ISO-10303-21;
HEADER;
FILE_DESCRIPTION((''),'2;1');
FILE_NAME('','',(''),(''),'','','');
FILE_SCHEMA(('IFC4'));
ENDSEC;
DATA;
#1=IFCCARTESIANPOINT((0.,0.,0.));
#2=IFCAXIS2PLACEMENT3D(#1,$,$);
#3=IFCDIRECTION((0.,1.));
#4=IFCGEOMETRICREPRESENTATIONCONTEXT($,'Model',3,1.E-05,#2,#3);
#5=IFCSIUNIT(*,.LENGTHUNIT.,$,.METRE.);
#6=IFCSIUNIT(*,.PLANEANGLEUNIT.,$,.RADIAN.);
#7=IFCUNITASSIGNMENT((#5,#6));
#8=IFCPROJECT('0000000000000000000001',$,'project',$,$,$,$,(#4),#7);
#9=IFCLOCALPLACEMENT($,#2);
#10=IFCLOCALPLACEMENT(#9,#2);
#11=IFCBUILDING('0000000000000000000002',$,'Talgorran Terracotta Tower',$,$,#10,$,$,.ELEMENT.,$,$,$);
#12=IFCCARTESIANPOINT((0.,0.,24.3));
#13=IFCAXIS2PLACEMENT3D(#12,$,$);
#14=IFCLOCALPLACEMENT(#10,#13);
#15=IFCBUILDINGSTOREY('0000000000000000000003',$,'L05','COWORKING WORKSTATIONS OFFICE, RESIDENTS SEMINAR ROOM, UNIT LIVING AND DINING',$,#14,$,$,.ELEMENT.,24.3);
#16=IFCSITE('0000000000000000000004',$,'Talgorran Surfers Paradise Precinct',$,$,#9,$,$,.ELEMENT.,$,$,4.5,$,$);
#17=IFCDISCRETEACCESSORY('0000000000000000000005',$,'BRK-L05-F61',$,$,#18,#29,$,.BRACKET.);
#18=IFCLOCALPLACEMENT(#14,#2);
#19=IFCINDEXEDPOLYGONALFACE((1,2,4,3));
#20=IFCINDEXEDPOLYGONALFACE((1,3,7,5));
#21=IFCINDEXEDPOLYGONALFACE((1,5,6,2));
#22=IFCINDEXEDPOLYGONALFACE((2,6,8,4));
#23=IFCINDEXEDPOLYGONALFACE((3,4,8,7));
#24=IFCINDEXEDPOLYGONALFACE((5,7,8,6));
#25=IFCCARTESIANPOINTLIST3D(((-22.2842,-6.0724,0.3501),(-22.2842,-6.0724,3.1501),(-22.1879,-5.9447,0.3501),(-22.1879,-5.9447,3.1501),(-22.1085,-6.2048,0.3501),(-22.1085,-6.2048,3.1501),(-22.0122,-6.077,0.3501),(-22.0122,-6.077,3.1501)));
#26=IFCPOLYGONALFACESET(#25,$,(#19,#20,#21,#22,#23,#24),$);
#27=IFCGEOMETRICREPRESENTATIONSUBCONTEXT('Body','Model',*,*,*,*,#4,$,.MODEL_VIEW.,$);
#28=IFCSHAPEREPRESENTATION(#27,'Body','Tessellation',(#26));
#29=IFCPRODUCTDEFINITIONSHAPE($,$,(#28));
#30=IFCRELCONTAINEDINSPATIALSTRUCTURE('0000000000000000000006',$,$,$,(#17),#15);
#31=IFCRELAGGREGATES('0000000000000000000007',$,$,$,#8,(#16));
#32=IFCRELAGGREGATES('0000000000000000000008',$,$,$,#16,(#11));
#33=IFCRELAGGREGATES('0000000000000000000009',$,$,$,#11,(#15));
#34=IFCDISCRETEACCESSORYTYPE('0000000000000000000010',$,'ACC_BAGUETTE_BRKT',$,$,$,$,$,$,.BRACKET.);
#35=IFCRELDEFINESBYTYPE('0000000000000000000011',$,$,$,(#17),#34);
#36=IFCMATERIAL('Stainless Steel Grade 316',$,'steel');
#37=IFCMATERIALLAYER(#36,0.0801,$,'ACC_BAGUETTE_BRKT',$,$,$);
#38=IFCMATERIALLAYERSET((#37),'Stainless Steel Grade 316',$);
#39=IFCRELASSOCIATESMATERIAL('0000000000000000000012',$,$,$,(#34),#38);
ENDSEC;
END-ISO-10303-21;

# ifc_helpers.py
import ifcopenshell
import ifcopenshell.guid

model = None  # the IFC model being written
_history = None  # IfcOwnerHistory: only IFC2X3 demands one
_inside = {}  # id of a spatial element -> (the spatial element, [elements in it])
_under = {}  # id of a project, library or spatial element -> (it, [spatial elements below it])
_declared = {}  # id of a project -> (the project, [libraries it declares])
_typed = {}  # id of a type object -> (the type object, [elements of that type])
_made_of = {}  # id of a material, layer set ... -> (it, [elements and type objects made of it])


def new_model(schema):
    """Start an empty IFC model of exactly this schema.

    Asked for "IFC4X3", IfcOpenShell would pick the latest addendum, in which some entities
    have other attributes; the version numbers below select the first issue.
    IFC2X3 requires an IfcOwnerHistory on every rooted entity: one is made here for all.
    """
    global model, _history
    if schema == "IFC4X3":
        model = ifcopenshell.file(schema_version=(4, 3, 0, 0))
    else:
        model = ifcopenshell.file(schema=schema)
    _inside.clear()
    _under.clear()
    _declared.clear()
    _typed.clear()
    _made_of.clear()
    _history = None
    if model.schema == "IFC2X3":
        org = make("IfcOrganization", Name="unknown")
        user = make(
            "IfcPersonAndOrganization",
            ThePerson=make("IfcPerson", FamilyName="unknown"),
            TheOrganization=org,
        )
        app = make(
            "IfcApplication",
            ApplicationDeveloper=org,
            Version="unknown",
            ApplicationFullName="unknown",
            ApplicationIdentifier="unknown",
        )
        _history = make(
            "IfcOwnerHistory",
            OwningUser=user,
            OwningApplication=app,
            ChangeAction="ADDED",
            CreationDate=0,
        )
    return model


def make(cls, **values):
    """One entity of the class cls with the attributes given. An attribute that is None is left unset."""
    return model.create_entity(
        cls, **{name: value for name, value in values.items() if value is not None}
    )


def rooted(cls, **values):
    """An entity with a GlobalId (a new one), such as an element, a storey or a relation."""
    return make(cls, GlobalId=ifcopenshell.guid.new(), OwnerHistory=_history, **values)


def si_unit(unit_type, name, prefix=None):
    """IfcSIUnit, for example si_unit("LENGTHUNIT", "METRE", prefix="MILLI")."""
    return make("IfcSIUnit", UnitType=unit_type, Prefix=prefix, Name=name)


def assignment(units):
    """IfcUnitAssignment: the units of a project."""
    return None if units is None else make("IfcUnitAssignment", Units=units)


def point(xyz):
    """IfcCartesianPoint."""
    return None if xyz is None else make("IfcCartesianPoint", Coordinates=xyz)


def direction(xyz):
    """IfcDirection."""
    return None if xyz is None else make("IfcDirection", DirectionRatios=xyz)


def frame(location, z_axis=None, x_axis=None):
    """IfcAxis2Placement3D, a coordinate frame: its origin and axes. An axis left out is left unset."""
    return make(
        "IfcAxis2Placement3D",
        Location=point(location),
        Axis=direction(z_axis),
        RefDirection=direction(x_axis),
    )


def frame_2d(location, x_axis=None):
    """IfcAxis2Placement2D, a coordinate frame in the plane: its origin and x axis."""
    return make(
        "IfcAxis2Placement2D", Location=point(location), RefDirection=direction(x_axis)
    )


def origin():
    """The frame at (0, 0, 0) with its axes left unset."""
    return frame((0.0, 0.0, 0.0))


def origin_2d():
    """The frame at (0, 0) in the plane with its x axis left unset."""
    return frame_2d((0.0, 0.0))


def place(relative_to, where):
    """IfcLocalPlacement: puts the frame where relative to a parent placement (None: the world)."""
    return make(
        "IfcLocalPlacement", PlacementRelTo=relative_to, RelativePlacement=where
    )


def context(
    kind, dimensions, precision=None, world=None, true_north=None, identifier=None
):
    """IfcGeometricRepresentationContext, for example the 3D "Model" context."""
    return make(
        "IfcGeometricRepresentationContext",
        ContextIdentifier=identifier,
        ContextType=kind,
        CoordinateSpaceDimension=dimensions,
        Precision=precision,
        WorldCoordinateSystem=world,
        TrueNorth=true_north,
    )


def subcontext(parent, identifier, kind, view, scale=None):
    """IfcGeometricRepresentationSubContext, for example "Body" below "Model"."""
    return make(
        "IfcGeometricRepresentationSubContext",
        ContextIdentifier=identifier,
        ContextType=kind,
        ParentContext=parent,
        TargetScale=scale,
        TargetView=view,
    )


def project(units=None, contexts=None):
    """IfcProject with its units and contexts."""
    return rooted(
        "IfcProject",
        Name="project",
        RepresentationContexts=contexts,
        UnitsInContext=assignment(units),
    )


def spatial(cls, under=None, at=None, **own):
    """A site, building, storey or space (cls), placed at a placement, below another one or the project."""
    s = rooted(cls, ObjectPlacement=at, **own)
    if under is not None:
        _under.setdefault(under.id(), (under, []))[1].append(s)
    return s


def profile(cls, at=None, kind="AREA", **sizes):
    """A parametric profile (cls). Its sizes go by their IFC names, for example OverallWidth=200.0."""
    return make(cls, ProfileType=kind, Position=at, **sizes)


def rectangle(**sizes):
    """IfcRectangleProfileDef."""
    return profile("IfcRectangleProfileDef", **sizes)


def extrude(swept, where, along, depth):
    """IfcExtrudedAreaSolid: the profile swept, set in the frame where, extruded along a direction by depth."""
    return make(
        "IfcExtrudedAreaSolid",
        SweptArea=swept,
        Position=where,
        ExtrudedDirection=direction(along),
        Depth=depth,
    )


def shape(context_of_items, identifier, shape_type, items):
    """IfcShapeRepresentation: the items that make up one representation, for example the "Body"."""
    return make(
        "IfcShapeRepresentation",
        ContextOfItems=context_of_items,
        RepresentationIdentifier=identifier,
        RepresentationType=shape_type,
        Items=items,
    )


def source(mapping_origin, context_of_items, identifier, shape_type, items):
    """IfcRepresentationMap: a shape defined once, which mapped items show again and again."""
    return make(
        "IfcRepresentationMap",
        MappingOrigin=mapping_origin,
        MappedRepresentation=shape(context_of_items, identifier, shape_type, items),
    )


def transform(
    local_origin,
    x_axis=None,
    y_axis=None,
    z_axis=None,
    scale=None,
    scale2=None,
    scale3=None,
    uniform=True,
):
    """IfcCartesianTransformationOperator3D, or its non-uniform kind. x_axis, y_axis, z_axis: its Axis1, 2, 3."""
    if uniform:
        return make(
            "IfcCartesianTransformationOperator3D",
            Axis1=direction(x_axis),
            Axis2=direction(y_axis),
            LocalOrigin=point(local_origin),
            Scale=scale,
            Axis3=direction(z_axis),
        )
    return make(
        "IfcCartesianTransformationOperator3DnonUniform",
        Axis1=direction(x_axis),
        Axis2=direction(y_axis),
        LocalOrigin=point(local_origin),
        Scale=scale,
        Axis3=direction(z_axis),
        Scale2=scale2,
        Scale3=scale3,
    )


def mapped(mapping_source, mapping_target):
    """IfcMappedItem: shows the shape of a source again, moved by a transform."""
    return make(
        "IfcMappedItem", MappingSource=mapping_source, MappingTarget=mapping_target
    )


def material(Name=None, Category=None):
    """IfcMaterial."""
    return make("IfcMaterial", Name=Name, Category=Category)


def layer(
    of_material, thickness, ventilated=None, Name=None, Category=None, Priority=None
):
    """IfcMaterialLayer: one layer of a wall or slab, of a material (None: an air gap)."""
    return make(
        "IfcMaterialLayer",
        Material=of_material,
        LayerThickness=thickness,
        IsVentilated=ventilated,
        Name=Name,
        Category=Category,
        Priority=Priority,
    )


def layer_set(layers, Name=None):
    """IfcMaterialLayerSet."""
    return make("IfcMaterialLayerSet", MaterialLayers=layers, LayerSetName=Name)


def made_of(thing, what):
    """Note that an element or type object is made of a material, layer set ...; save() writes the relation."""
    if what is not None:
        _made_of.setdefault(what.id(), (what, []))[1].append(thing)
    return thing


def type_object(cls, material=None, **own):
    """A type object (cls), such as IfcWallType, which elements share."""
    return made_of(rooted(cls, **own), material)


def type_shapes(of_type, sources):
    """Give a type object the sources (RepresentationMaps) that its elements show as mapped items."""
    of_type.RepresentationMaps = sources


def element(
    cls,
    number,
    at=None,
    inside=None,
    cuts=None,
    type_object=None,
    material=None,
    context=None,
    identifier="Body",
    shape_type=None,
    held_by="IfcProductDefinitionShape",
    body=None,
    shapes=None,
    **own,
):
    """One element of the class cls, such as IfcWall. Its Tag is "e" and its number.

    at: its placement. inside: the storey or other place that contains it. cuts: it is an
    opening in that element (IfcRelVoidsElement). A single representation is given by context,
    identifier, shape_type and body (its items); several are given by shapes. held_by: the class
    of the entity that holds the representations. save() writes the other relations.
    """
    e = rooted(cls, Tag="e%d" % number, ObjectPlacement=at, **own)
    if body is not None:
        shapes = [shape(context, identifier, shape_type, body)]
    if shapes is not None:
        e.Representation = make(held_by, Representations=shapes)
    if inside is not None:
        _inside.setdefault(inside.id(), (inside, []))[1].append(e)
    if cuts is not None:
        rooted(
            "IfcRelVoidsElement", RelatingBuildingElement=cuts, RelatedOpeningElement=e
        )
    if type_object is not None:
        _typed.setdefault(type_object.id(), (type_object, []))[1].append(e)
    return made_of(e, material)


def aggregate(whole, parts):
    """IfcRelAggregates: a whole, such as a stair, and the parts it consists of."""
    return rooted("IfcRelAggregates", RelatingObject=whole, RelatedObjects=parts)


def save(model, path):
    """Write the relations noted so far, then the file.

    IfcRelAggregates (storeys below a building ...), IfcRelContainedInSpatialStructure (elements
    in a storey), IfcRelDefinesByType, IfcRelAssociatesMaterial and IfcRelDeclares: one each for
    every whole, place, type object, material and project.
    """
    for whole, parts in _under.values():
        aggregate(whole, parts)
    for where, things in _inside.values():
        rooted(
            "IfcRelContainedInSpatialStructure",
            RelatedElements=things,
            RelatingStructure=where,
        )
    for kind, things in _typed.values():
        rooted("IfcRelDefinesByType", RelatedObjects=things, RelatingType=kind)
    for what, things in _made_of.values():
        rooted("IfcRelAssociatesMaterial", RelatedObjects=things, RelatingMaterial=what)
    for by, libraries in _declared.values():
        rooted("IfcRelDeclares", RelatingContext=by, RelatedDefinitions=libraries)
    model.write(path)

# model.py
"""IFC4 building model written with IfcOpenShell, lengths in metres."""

from ifc_helpers import new_model, si_unit, direction, frame, origin, origin_2d, place, context, subcontext, project, spatial, rectangle, extrude, source, transform, mapped, material, layer, layer_set, type_object, type_shapes, element, save


model = new_model("IFC4")

# Units and contexts
model_context = context("Model", 3, precision=1e-05, world=origin(), true_north=direction((0.0, 1.0)))
body_context = subcontext(model_context, "Body", "Model", "MODEL_VIEW")
ifc_project = project(units=[si_unit("LENGTHUNIT", "METRE"), si_unit("PLANEANGLEUNIT", "RADIAN")], contexts=[model_context])

# Site, building, storey
site_placement = place(None, origin())
site = spatial("IfcSite", under=ifc_project, at=site_placement, Name="Talgorran Surfers Paradise Precinct", CompositionType="ELEMENT", RefElevation=4.5)
building_placement = place(site_placement, origin())
building = spatial("IfcBuilding", under=site, at=building_placement, Name="Talgorran Terracotta Tower", CompositionType="ELEMENT")
storey_placement = place(building_placement, frame((0.0, 0.0, 24.3)))
storey = spatial("IfcBuildingStorey", under=building, at=storey_placement, Name="L05", Description="COWORKING WORKSTATIONS OFFICE, RESIDENTS SEMINAR ROOM, UNIT LIVING AND DINING", CompositionType="ELEMENT", Elevation=24.3)

# Discrete accessory
ifc_material_1 = material(Name="Stainless Steel Grade 316", Category="steel")
ifc_layer_1 = layer(ifc_material_1, 0.0801, Name="ACC_BAGUETTE_BRKT")
ifc_layer_set_1 = layer_set([ifc_layer_1], Name="Stainless Steel Grade 316")
discrete_accessory_type = type_object("IfcDiscreteAccessoryType", Name="ACC_BAGUETTE_BRKT", PredefinedType="BRACKET", material=ifc_layer_set_1)
shared_shape_1 = source(origin(), body_context, "Body", "SweptSolid", [
    extrude(rectangle(XDim=0.1599, YDim=0.22, at=origin_2d()), origin(), (0.0, 0.0, 1.0), 2.8),
])
type_shapes(discrete_accessory_type, [shared_shape_1])
discrete_accessory_placement = place(storey_placement, frame((-22.1482, -6.0747, 0.3501), z_axis=(0.0, 0.0, 1.0), x_axis=(-0.601815, -0.798636, 0.0)))
element("IfcDiscreteAccessory", 1, at=discrete_accessory_placement, inside=storey, type_object=discrete_accessory_type, Name="BRK-L05-F61", PredefinedType="BRACKET", context=body_context, shape_type="MappedRepresentation", body=[
    mapped(shared_shape_1, transform((0.0, 0.0, 0.0), scale=1.0)),
])

save(model, "model.ifc")
